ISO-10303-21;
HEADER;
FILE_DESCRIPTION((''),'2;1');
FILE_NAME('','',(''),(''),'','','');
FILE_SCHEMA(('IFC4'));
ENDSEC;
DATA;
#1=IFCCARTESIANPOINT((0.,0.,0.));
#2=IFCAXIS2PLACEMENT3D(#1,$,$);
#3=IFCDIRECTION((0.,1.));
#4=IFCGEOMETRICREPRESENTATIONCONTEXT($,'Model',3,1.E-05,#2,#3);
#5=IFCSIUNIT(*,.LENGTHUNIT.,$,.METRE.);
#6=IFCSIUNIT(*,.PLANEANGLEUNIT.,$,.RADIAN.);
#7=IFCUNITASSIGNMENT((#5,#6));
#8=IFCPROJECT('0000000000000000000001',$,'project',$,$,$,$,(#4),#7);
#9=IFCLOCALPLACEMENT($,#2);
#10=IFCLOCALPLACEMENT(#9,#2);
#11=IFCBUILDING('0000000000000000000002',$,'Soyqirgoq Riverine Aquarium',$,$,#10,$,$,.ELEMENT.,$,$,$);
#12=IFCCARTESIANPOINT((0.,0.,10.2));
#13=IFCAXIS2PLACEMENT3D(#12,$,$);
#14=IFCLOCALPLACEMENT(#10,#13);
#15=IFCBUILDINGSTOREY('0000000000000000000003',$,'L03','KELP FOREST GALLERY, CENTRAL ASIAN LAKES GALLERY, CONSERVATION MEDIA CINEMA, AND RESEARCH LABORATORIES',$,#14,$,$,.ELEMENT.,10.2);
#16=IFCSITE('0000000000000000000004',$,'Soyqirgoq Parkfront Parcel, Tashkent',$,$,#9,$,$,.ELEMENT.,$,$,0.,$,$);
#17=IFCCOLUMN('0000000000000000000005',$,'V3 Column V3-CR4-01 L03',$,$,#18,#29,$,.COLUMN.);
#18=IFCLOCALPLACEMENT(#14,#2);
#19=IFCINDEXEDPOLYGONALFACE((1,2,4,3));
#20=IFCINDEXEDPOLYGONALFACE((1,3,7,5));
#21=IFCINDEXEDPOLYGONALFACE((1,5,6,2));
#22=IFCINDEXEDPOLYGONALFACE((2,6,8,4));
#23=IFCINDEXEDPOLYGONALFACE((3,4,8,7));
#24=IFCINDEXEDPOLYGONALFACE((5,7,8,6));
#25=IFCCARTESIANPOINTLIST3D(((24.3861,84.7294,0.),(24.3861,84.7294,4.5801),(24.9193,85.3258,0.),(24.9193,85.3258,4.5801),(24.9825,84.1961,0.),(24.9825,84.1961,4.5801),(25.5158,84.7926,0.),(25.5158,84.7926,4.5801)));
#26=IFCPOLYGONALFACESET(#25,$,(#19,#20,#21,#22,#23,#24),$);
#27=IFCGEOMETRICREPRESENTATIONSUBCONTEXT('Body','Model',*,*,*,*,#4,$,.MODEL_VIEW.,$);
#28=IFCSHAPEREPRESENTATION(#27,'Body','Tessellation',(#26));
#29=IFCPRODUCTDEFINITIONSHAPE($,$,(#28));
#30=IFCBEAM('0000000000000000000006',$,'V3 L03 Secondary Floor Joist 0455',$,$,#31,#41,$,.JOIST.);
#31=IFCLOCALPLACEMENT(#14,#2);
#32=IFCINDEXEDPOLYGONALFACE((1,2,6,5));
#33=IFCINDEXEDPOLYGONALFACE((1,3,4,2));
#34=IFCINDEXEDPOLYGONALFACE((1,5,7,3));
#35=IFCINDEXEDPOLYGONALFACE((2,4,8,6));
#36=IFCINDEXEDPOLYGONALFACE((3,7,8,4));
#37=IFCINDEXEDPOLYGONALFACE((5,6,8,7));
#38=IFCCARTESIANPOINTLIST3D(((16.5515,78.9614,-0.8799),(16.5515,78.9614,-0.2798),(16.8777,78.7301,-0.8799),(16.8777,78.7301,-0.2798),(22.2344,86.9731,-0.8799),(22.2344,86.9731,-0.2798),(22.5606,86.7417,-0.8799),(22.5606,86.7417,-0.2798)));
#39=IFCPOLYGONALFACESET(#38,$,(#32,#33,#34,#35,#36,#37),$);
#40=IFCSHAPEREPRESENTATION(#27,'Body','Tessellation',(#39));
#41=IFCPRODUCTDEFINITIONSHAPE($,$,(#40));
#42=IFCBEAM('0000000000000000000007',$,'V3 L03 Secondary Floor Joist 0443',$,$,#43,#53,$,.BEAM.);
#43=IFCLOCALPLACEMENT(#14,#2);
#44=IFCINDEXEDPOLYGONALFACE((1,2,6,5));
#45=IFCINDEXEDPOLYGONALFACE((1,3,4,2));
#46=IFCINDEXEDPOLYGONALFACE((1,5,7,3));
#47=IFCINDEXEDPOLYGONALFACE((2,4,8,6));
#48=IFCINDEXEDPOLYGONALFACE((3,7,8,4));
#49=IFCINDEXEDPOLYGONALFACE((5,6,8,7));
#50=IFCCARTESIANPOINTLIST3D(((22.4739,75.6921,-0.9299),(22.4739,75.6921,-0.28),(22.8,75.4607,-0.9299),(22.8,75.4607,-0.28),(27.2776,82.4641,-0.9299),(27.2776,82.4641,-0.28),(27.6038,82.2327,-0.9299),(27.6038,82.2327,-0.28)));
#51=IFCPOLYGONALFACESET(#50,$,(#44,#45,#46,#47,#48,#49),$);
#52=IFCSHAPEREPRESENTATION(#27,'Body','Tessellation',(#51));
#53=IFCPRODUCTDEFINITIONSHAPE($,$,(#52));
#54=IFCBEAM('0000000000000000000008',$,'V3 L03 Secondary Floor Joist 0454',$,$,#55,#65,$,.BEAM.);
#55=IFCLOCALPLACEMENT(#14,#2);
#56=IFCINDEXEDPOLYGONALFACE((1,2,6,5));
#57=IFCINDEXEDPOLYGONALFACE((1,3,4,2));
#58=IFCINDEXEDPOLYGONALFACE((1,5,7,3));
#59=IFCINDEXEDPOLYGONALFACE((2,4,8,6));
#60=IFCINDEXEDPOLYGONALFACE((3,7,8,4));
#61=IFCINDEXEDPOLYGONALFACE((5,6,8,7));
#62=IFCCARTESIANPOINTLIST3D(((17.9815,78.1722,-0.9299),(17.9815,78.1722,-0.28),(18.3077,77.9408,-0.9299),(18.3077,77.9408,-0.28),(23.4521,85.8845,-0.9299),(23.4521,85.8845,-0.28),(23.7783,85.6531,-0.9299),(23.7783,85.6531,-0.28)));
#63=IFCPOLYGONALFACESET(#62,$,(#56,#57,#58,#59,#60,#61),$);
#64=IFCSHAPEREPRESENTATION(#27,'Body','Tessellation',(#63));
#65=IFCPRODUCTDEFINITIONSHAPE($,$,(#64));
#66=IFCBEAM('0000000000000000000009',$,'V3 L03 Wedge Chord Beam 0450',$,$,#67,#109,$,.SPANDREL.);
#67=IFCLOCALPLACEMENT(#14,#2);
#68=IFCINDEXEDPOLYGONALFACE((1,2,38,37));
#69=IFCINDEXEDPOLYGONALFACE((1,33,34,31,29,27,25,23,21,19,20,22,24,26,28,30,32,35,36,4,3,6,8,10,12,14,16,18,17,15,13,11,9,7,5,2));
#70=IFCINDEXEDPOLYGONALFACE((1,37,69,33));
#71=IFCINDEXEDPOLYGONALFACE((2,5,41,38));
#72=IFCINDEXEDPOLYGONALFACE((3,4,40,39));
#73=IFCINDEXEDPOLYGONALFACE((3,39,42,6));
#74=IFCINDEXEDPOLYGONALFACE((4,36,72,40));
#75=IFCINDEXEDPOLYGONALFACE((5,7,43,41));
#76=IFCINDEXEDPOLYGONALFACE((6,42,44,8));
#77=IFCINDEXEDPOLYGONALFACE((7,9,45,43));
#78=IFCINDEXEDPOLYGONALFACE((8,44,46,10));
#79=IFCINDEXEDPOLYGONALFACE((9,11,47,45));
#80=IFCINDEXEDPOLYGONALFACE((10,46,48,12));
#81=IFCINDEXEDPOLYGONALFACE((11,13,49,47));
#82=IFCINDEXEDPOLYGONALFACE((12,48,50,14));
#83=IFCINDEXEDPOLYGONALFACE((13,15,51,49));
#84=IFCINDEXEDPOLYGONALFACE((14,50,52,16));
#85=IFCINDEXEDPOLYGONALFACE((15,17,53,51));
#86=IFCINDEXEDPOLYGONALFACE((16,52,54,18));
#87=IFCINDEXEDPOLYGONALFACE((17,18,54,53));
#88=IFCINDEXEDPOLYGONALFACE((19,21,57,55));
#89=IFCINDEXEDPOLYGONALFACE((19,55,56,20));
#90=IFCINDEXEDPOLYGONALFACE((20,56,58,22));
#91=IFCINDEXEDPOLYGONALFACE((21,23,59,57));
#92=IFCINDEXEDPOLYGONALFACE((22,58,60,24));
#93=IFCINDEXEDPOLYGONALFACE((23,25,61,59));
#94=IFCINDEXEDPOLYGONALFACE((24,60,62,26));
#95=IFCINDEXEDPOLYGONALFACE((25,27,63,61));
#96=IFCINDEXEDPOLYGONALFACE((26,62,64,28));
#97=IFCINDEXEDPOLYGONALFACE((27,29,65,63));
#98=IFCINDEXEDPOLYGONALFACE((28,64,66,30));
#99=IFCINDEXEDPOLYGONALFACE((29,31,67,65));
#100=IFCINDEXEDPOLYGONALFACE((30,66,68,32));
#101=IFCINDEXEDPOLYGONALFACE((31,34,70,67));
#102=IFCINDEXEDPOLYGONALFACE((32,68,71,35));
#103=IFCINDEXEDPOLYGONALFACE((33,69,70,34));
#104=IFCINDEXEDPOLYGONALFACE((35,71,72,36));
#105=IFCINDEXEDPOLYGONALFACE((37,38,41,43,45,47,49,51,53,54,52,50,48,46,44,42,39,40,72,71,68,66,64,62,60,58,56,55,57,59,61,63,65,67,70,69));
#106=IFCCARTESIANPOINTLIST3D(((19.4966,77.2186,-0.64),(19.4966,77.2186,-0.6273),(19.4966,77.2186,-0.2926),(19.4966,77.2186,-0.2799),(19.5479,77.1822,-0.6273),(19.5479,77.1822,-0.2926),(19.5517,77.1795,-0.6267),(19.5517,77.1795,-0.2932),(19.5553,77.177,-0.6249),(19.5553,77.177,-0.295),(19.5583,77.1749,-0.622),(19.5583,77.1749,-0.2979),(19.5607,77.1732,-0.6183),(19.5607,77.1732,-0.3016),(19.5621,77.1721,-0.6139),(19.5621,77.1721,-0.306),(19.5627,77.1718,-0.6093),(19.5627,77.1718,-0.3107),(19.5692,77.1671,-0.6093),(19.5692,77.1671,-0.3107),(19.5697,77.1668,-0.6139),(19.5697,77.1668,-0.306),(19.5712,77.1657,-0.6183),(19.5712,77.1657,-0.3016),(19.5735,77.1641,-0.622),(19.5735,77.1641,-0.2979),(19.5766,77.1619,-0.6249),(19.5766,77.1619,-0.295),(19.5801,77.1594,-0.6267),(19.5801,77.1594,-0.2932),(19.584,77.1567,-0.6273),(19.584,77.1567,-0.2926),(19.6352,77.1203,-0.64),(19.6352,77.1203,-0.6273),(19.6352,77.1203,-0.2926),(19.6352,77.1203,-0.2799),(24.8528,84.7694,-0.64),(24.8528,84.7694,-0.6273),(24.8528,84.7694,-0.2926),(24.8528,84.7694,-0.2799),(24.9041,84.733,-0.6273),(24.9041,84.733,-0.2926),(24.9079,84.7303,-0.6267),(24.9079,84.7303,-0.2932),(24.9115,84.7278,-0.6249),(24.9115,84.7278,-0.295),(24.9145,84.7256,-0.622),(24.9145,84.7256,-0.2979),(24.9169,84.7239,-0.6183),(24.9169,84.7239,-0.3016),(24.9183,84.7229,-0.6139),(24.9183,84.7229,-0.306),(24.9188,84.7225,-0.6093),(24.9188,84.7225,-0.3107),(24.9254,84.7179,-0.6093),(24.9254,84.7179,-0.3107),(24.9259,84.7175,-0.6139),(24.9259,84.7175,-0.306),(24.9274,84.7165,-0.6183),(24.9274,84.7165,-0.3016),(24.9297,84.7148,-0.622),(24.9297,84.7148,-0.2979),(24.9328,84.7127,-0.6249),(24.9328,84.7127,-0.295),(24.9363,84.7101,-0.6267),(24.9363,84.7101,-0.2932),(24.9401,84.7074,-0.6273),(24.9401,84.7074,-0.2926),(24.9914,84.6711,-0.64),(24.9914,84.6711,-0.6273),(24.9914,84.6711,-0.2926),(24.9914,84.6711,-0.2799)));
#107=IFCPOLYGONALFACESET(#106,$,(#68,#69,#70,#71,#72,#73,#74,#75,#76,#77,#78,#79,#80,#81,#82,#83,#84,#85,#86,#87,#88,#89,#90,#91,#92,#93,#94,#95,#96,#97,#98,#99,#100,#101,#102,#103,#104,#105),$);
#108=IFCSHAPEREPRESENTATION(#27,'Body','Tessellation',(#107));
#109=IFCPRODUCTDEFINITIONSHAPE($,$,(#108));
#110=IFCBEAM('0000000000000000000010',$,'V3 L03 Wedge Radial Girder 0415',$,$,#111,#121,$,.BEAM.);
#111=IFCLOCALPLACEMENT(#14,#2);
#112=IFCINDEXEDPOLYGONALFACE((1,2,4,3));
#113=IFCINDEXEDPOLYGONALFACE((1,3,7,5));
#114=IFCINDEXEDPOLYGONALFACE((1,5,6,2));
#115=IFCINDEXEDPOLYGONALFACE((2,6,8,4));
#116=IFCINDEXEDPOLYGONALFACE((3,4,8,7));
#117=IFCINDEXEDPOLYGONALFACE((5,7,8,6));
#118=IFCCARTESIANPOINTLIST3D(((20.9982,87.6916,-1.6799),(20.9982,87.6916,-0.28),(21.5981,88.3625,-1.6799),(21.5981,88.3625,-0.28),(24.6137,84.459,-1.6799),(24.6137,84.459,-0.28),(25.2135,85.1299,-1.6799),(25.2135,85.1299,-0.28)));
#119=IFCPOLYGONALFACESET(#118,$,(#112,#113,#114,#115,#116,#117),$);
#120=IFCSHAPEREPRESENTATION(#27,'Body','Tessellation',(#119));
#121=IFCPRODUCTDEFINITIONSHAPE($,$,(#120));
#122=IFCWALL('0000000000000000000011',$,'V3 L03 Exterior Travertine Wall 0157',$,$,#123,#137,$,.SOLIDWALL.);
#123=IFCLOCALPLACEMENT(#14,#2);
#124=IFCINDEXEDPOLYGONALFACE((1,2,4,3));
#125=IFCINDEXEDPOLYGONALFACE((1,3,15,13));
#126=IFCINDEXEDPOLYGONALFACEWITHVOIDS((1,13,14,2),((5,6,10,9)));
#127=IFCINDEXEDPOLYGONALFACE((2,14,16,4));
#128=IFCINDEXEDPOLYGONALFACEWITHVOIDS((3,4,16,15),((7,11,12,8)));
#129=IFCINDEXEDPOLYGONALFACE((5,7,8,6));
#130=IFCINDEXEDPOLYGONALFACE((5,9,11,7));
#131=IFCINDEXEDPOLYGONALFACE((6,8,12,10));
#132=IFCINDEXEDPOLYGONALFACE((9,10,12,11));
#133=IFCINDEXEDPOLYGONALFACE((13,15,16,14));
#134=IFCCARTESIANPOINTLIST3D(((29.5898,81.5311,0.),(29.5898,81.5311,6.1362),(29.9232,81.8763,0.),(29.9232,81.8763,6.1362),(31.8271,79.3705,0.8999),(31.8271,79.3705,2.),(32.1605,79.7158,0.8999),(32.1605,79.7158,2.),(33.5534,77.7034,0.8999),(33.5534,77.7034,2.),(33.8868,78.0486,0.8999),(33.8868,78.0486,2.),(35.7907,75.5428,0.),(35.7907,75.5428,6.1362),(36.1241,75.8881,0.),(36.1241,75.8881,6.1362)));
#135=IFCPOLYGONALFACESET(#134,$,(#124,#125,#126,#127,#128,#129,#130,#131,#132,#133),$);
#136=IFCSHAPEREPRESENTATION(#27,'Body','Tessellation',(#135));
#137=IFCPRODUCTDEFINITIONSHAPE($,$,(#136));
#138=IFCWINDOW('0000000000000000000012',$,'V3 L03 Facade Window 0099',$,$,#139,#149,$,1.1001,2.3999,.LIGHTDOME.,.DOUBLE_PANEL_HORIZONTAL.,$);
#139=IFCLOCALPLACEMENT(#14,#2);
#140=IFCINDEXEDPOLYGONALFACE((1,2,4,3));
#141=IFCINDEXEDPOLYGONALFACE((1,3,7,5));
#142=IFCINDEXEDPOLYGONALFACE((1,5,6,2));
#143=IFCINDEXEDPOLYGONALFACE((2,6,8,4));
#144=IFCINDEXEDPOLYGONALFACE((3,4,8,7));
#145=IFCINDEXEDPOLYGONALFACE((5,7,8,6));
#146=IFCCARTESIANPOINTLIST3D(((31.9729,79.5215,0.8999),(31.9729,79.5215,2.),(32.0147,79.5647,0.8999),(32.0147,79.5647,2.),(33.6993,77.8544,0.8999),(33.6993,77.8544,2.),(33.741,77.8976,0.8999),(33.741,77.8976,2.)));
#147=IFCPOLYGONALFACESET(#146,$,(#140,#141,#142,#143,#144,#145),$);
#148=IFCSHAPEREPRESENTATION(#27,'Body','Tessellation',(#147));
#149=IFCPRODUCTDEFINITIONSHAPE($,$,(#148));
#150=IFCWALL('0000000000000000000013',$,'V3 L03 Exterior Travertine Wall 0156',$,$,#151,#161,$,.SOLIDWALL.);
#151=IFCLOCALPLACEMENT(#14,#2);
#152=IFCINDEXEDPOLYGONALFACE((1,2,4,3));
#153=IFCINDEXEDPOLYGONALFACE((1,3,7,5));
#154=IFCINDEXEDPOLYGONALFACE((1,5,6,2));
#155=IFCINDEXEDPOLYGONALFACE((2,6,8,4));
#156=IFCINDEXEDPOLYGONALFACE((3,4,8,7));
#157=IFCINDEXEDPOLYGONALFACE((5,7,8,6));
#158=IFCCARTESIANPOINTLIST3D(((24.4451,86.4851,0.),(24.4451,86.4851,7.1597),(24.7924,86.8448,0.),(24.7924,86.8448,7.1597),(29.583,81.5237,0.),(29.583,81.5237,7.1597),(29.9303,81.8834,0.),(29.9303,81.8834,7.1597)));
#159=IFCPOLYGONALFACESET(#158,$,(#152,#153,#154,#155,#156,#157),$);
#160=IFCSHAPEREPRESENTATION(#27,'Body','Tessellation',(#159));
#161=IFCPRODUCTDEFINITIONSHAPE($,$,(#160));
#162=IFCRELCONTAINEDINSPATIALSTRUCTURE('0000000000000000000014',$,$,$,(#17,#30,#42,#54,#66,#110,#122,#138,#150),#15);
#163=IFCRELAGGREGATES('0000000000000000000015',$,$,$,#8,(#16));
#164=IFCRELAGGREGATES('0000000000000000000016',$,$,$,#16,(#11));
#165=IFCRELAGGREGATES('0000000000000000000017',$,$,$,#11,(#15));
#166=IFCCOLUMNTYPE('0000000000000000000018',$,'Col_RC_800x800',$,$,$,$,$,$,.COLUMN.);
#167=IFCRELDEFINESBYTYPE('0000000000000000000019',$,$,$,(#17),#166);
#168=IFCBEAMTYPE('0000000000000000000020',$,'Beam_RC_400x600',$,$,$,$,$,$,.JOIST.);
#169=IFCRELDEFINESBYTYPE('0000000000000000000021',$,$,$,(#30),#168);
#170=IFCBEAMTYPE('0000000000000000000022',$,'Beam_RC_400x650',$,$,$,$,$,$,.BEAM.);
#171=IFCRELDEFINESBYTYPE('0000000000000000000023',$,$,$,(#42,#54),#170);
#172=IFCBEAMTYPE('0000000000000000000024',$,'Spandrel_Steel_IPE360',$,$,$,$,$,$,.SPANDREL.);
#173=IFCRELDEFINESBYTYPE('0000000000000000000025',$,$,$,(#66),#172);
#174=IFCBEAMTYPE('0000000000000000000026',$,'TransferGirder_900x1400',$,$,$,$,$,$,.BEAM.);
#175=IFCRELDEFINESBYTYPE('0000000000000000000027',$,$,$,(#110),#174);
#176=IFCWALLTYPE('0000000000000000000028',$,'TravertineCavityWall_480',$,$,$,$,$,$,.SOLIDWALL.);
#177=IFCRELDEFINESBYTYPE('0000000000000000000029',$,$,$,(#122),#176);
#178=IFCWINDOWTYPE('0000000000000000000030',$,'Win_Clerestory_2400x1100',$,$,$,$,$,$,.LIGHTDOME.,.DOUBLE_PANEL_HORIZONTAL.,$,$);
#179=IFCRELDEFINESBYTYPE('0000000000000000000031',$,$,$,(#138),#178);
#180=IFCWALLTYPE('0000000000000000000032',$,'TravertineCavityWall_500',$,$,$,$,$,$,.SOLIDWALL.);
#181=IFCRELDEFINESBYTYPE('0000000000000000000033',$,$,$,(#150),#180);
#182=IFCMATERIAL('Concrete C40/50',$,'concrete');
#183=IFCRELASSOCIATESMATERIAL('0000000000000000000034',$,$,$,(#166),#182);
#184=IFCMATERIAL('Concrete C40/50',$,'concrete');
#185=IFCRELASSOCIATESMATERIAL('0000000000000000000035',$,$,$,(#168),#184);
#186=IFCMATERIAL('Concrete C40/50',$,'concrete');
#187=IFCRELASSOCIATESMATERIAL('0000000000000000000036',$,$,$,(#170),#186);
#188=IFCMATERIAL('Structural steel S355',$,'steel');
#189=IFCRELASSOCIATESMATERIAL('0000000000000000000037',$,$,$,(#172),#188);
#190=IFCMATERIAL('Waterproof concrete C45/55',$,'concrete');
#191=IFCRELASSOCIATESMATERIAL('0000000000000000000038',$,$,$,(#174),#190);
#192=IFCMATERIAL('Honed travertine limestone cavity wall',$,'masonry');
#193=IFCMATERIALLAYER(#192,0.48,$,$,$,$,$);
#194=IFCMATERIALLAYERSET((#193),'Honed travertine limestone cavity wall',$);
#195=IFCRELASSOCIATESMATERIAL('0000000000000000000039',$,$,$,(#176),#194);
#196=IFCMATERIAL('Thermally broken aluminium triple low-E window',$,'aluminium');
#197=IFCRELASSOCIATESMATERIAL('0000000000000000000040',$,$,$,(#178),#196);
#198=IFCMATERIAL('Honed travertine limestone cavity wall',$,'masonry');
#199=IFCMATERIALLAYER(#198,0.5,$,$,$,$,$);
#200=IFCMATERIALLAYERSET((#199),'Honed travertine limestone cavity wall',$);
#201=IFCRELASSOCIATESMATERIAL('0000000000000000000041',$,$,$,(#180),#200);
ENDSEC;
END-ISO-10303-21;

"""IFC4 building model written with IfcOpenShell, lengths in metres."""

from ifc_helpers import new_model, si_unit, direction, frame, frame_2d, origin, origin_2d, place, context, subcontext, project, spatial, rectangle, i_section, extrude, material, layer, layer_set, material_profile, profile_set, type_object, element, fill, save


model = new_model("IFC4")

# Units and contexts
model_context = context("Model", 3, precision=1e-05, world=origin(), true_north=direction((0.0, 1.0)))
body_context = subcontext(model_context, "Body", "Model", "MODEL_VIEW")
ifc_project = project(units=[si_unit("LENGTHUNIT", "METRE"), si_unit("PLANEANGLEUNIT", "RADIAN")], contexts=[model_context])

# Site, building, storey
site_placement = place(None, origin())
site = spatial("IfcSite", under=ifc_project, at=site_placement, Name="Soyqirgoq Parkfront Parcel, Tashkent", CompositionType="ELEMENT", RefElevation=0.0)
building_placement = place(site_placement, origin())
building = spatial("IfcBuilding", under=site, at=building_placement, Name="Soyqirgoq Riverine Aquarium", CompositionType="ELEMENT")
storey_placement = place(building_placement, frame((0.0, 0.0, 10.2)))
storey = spatial("IfcBuildingStorey", under=building, at=storey_placement, Name="L03", Description="KELP FOREST GALLERY, CENTRAL ASIAN LAKES GALLERY, CONSERVATION MEDIA CINEMA, AND RESEARCH LABORATORIES", CompositionType="ELEMENT", Elevation=10.2)

# Column
ifc_material_1 = material(Name="Concrete C40/50", Category="concrete")
ifc_material_profile_1 = material_profile(ifc_material_1, rectangle(XDim=0.8, YDim=0.8, at=origin_2d()), Name="RC 800x800")
ifc_profile_set_1 = profile_set([ifc_material_profile_1], Name="Concrete C40/50")
column_type = type_object("IfcColumnType", Name="Col_RC_800x800", PredefinedType="COLUMN", material=ifc_profile_set_1)
column_placement = place(storey_placement, frame((24.9509, 84.761, 0.0), z_axis=(0.0, 0.0, 1.0), x_axis=(-0.745476, 0.666532, 0.0)))
element("IfcColumn", 1, at=column_placement, inside=storey, type_object=column_type, Name="V3 Column V3-CR4-01 L03", PredefinedType="COLUMN", context=body_context, shape_type="SweptSolid", body=[
    extrude(rectangle(XDim=0.8, YDim=0.8, at=origin_2d()), origin(), (0.0, 0.0, 1.0), 4.5801),
])

# Beams
ifc_material_2 = material(Name="Concrete C40/50", Category="concrete")
ifc_material_profile_2 = material_profile(ifc_material_2, rectangle(XDim=0.3999, YDim=0.6001, at=origin_2d()), Name="RC 400x600")
ifc_profile_set_2 = profile_set([ifc_material_profile_2], Name="Concrete C40/50")
beam_type_1 = type_object("IfcBeamType", Name="Beam_RC_400x600", PredefinedType="JOIST", material=ifc_profile_set_2)
beam_1_placement = place(storey_placement, frame((22.3975, 86.8574, -0.5798), z_axis=(-0.578552, -0.815645, 0.0), x_axis=(0.815645, -0.578552, 0.0)))
element("IfcBeam", 2, at=beam_1_placement, inside=storey, type_object=beam_type_1, Name="V3 L03 Secondary Floor Joist 0455", PredefinedType="JOIST", context=body_context, shape_type="SweptSolid", body=[
    extrude(rectangle(XDim=0.3999, YDim=0.6001, at=origin_2d()), origin(), (0.0, 0.0, 1.0), 9.8225),
])
ifc_material_3 = material(Name="Concrete C40/50", Category="concrete")
ifc_material_profile_3 = material_profile(ifc_material_3, rectangle(XDim=0.3999, YDim=0.6499, at=origin_2d()), Name="RC 400x650")
ifc_profile_set_3 = profile_set([ifc_material_profile_3], Name="Concrete C40/50")
beam_type_2 = type_object("IfcBeamType", Name="Beam_RC_400x650", PredefinedType="BEAM", material=ifc_profile_set_3)
beam_2_placement = place(storey_placement, frame((27.4407, 82.3484, -0.605), z_axis=(-0.57857, -0.815632, 0.0), x_axis=(0.815632, -0.57857, 0.0)))
element("IfcBeam", 3, at=beam_2_placement, inside=storey, type_object=beam_type_2, Name="V3 L03 Secondary Floor Joist 0443", PredefinedType="BEAM", context=body_context, shape_type="SweptSolid", body=[
    extrude(rectangle(XDim=0.3999, YDim=0.6499, at=origin_2d()), origin(), (0.0, 0.0, 1.0), 8.3027),
])
beam_3_placement = place(storey_placement, frame((23.6152, 85.7688, -0.605), z_axis=(-0.578563, -0.815638, 0.0), x_axis=(0.815638, -0.578563, 0.0)))
element("IfcBeam", 4, at=beam_3_placement, inside=storey, type_object=beam_type_2, Name="V3 L03 Secondary Floor Joist 0454", PredefinedType="BEAM", context=body_context, shape_type="SweptSolid", body=[
    extrude(rectangle(XDim=0.3999, YDim=0.6499, at=origin_2d()), origin(), (0.0, 0.0, 1.0), 9.4556),
])
ifc_material_4 = material(Name="Structural steel S355", Category="steel")
ifc_material_profile_4 = material_profile(ifc_material_4, i_section(OverallWidth=0.1699, OverallDepth=0.3601, WebThickness=0.0081, FlangeThickness=0.0127, FilletRadius=0.0181, at=origin_2d()), Name="IPE 360")
ifc_profile_set_4 = profile_set([ifc_material_profile_4], Name="Structural steel S355")
beam_type_3 = type_object("IfcBeamType", Name="Spandrel_Steel_IPE360", PredefinedType="SPANDREL", material=ifc_profile_set_4)
beam_4_placement = place(storey_placement, frame((24.9221, 84.7202, -0.46), z_axis=(-0.578573, -0.81563, 0.0), x_axis=(0.81563, -0.578573, 0.0)))
element("IfcBeam", 5, at=beam_4_placement, inside=storey, type_object=beam_type_3, Name="V3 L03 Wedge Chord Beam 0450", PredefinedType="SPANDREL", context=body_context, shape_type="SweptSolid", body=[
    extrude(i_section(OverallWidth=0.1699, OverallDepth=0.3601, WebThickness=0.0081, FlangeThickness=0.0127, FilletRadius=0.0181, at=origin_2d()), origin(), (0.0, 0.0, 1.0), 9.2576),
])
ifc_material_5 = material(Name="Waterproof concrete C45/55", Category="concrete")
ifc_material_profile_5 = material_profile(ifc_material_5, rectangle(XDim=0.8999, YDim=1.3999, at=origin_2d()), Name="RC 900x1400")
ifc_profile_set_5 = profile_set([ifc_material_profile_5], Name="Waterproof concrete C45/55")
beam_type_4 = type_object("IfcBeamType", Name="TransferGirder_900x1400", PredefinedType="BEAM", material=ifc_profile_set_5)
beam_5_placement = place(storey_placement, frame((24.9136, 84.7944, -0.98), z_axis=(-0.74547, 0.666539, 0.0), x_axis=(-0.666539, -0.74547, 0.0)))
element("IfcBeam", 6, at=beam_5_placement, inside=storey, type_object=beam_type_4, Name="V3 L03 Wedge Radial Girder 0415", PredefinedType="BEAM", context=body_context, shape_type="SweptSolid", body=[
    extrude(rectangle(XDim=0.8999, YDim=1.3999, at=origin_2d()), origin(), (0.0, 0.0, 1.0), 4.8499),
])

# Wall, opening, window
ifc_material_6 = material(Name="Honed travertine limestone cavity wall", Category="masonry")
ifc_layer_1 = layer(ifc_material_6, 0.48)
ifc_layer_set_1 = layer_set([ifc_layer_1], Name="Honed travertine limestone cavity wall")
wall_type_1 = type_object("IfcWallType", Name="TravertineCavityWall_480", PredefinedType="SOLIDWALL", material=ifc_layer_set_1)
wall_1_placement = place(storey_placement, frame((29.7566, 81.7036, 0.0), z_axis=(0.0, 0.0, 1.0), x_axis=(0.719333, -0.694665, 0.0)))
wall_1 = element("IfcWall", 7, at=wall_1_placement, inside=storey, type_object=wall_type_1, Name="V3 L03 Exterior Travertine Wall 0157", PredefinedType="SOLIDWALL", context=body_context, shape_type="SweptSolid", body=[
    extrude(rectangle(XDim=8.6204, YDim=0.48, at=frame_2d((4.3101, 0.0))), origin(), (0.0, 0.0, 1.0), 6.1362),
])
opening_placement = place(wall_1_placement, frame((3.1101, 0.0, 0.8999)))
opening = element("IfcOpeningElement", 8, at=opening_placement, cuts=wall_1, PredefinedType="OPENING", context=body_context, shape_type="SweptSolid", body=[
    extrude(rectangle(XDim=2.3999, YDim=1.1001, at=frame_2d((1.2, 0.55))), frame((0.0, 0.25, 0.0), z_axis=(0.0, -1.0, 0.0), x_axis=(1.0, 0.0, 0.0)), (0.0, 0.0, 1.0), 0.5),
])
ifc_material_7 = material(Name="Thermally broken aluminium triple low-E window", Category="aluminium")
window_type = type_object("IfcWindowType", Name="Win_Clerestory_2400x1100", PartitioningType="DOUBLE_PANEL_HORIZONTAL", PredefinedType="LIGHTDOME", material=ifc_material_7)
window_placement = place(opening_placement, origin())
window = element("IfcWindow", 9, at=window_placement, inside=storey, type_object=window_type, Name="V3 L03 Facade Window 0099", OverallHeight=1.1001, OverallWidth=2.3999, PartitioningType="DOUBLE_PANEL_HORIZONTAL", PredefinedType="LIGHTDOME", context=body_context, shape_type="SweptSolid", body=[
    extrude(rectangle(XDim=2.3999, YDim=1.1001, at=frame_2d((1.2, 0.55))), frame((0.0, 0.03, 0.0), z_axis=(0.0, -1.0, 0.0), x_axis=(1.0, 0.0, 0.0)), (0.0, 0.0, 1.0), 0.0601),
])
fill(opening, window)

# Wall
ifc_material_8 = material(Name="Honed travertine limestone cavity wall", Category="masonry")
ifc_layer_2 = layer(ifc_material_8, 0.5)
ifc_layer_set_2 = layer_set([ifc_layer_2], Name="Honed travertine limestone cavity wall")
wall_type_2 = type_object("IfcWallType", Name="TravertineCavityWall_500", PredefinedType="SOLIDWALL", material=ifc_layer_set_2)
wall_2_placement = place(storey_placement, frame((24.6187, 86.665, 0.0), z_axis=(0.0, 0.0, 1.0), x_axis=(0.719356, -0.694642, 0.0)))
element("IfcWall", 10, at=wall_2_placement, inside=storey, type_object=wall_type_2, Name="V3 L03 Exterior Travertine Wall 0156", PredefinedType="SOLIDWALL", context=body_context, shape_type="SweptSolid", body=[
    extrude(rectangle(XDim=7.1423, YDim=0.5, at=frame_2d((3.5713, 0.0))), origin(), (0.0, 0.0, 1.0), 7.1597),
])

save(model, "model.ifc")
